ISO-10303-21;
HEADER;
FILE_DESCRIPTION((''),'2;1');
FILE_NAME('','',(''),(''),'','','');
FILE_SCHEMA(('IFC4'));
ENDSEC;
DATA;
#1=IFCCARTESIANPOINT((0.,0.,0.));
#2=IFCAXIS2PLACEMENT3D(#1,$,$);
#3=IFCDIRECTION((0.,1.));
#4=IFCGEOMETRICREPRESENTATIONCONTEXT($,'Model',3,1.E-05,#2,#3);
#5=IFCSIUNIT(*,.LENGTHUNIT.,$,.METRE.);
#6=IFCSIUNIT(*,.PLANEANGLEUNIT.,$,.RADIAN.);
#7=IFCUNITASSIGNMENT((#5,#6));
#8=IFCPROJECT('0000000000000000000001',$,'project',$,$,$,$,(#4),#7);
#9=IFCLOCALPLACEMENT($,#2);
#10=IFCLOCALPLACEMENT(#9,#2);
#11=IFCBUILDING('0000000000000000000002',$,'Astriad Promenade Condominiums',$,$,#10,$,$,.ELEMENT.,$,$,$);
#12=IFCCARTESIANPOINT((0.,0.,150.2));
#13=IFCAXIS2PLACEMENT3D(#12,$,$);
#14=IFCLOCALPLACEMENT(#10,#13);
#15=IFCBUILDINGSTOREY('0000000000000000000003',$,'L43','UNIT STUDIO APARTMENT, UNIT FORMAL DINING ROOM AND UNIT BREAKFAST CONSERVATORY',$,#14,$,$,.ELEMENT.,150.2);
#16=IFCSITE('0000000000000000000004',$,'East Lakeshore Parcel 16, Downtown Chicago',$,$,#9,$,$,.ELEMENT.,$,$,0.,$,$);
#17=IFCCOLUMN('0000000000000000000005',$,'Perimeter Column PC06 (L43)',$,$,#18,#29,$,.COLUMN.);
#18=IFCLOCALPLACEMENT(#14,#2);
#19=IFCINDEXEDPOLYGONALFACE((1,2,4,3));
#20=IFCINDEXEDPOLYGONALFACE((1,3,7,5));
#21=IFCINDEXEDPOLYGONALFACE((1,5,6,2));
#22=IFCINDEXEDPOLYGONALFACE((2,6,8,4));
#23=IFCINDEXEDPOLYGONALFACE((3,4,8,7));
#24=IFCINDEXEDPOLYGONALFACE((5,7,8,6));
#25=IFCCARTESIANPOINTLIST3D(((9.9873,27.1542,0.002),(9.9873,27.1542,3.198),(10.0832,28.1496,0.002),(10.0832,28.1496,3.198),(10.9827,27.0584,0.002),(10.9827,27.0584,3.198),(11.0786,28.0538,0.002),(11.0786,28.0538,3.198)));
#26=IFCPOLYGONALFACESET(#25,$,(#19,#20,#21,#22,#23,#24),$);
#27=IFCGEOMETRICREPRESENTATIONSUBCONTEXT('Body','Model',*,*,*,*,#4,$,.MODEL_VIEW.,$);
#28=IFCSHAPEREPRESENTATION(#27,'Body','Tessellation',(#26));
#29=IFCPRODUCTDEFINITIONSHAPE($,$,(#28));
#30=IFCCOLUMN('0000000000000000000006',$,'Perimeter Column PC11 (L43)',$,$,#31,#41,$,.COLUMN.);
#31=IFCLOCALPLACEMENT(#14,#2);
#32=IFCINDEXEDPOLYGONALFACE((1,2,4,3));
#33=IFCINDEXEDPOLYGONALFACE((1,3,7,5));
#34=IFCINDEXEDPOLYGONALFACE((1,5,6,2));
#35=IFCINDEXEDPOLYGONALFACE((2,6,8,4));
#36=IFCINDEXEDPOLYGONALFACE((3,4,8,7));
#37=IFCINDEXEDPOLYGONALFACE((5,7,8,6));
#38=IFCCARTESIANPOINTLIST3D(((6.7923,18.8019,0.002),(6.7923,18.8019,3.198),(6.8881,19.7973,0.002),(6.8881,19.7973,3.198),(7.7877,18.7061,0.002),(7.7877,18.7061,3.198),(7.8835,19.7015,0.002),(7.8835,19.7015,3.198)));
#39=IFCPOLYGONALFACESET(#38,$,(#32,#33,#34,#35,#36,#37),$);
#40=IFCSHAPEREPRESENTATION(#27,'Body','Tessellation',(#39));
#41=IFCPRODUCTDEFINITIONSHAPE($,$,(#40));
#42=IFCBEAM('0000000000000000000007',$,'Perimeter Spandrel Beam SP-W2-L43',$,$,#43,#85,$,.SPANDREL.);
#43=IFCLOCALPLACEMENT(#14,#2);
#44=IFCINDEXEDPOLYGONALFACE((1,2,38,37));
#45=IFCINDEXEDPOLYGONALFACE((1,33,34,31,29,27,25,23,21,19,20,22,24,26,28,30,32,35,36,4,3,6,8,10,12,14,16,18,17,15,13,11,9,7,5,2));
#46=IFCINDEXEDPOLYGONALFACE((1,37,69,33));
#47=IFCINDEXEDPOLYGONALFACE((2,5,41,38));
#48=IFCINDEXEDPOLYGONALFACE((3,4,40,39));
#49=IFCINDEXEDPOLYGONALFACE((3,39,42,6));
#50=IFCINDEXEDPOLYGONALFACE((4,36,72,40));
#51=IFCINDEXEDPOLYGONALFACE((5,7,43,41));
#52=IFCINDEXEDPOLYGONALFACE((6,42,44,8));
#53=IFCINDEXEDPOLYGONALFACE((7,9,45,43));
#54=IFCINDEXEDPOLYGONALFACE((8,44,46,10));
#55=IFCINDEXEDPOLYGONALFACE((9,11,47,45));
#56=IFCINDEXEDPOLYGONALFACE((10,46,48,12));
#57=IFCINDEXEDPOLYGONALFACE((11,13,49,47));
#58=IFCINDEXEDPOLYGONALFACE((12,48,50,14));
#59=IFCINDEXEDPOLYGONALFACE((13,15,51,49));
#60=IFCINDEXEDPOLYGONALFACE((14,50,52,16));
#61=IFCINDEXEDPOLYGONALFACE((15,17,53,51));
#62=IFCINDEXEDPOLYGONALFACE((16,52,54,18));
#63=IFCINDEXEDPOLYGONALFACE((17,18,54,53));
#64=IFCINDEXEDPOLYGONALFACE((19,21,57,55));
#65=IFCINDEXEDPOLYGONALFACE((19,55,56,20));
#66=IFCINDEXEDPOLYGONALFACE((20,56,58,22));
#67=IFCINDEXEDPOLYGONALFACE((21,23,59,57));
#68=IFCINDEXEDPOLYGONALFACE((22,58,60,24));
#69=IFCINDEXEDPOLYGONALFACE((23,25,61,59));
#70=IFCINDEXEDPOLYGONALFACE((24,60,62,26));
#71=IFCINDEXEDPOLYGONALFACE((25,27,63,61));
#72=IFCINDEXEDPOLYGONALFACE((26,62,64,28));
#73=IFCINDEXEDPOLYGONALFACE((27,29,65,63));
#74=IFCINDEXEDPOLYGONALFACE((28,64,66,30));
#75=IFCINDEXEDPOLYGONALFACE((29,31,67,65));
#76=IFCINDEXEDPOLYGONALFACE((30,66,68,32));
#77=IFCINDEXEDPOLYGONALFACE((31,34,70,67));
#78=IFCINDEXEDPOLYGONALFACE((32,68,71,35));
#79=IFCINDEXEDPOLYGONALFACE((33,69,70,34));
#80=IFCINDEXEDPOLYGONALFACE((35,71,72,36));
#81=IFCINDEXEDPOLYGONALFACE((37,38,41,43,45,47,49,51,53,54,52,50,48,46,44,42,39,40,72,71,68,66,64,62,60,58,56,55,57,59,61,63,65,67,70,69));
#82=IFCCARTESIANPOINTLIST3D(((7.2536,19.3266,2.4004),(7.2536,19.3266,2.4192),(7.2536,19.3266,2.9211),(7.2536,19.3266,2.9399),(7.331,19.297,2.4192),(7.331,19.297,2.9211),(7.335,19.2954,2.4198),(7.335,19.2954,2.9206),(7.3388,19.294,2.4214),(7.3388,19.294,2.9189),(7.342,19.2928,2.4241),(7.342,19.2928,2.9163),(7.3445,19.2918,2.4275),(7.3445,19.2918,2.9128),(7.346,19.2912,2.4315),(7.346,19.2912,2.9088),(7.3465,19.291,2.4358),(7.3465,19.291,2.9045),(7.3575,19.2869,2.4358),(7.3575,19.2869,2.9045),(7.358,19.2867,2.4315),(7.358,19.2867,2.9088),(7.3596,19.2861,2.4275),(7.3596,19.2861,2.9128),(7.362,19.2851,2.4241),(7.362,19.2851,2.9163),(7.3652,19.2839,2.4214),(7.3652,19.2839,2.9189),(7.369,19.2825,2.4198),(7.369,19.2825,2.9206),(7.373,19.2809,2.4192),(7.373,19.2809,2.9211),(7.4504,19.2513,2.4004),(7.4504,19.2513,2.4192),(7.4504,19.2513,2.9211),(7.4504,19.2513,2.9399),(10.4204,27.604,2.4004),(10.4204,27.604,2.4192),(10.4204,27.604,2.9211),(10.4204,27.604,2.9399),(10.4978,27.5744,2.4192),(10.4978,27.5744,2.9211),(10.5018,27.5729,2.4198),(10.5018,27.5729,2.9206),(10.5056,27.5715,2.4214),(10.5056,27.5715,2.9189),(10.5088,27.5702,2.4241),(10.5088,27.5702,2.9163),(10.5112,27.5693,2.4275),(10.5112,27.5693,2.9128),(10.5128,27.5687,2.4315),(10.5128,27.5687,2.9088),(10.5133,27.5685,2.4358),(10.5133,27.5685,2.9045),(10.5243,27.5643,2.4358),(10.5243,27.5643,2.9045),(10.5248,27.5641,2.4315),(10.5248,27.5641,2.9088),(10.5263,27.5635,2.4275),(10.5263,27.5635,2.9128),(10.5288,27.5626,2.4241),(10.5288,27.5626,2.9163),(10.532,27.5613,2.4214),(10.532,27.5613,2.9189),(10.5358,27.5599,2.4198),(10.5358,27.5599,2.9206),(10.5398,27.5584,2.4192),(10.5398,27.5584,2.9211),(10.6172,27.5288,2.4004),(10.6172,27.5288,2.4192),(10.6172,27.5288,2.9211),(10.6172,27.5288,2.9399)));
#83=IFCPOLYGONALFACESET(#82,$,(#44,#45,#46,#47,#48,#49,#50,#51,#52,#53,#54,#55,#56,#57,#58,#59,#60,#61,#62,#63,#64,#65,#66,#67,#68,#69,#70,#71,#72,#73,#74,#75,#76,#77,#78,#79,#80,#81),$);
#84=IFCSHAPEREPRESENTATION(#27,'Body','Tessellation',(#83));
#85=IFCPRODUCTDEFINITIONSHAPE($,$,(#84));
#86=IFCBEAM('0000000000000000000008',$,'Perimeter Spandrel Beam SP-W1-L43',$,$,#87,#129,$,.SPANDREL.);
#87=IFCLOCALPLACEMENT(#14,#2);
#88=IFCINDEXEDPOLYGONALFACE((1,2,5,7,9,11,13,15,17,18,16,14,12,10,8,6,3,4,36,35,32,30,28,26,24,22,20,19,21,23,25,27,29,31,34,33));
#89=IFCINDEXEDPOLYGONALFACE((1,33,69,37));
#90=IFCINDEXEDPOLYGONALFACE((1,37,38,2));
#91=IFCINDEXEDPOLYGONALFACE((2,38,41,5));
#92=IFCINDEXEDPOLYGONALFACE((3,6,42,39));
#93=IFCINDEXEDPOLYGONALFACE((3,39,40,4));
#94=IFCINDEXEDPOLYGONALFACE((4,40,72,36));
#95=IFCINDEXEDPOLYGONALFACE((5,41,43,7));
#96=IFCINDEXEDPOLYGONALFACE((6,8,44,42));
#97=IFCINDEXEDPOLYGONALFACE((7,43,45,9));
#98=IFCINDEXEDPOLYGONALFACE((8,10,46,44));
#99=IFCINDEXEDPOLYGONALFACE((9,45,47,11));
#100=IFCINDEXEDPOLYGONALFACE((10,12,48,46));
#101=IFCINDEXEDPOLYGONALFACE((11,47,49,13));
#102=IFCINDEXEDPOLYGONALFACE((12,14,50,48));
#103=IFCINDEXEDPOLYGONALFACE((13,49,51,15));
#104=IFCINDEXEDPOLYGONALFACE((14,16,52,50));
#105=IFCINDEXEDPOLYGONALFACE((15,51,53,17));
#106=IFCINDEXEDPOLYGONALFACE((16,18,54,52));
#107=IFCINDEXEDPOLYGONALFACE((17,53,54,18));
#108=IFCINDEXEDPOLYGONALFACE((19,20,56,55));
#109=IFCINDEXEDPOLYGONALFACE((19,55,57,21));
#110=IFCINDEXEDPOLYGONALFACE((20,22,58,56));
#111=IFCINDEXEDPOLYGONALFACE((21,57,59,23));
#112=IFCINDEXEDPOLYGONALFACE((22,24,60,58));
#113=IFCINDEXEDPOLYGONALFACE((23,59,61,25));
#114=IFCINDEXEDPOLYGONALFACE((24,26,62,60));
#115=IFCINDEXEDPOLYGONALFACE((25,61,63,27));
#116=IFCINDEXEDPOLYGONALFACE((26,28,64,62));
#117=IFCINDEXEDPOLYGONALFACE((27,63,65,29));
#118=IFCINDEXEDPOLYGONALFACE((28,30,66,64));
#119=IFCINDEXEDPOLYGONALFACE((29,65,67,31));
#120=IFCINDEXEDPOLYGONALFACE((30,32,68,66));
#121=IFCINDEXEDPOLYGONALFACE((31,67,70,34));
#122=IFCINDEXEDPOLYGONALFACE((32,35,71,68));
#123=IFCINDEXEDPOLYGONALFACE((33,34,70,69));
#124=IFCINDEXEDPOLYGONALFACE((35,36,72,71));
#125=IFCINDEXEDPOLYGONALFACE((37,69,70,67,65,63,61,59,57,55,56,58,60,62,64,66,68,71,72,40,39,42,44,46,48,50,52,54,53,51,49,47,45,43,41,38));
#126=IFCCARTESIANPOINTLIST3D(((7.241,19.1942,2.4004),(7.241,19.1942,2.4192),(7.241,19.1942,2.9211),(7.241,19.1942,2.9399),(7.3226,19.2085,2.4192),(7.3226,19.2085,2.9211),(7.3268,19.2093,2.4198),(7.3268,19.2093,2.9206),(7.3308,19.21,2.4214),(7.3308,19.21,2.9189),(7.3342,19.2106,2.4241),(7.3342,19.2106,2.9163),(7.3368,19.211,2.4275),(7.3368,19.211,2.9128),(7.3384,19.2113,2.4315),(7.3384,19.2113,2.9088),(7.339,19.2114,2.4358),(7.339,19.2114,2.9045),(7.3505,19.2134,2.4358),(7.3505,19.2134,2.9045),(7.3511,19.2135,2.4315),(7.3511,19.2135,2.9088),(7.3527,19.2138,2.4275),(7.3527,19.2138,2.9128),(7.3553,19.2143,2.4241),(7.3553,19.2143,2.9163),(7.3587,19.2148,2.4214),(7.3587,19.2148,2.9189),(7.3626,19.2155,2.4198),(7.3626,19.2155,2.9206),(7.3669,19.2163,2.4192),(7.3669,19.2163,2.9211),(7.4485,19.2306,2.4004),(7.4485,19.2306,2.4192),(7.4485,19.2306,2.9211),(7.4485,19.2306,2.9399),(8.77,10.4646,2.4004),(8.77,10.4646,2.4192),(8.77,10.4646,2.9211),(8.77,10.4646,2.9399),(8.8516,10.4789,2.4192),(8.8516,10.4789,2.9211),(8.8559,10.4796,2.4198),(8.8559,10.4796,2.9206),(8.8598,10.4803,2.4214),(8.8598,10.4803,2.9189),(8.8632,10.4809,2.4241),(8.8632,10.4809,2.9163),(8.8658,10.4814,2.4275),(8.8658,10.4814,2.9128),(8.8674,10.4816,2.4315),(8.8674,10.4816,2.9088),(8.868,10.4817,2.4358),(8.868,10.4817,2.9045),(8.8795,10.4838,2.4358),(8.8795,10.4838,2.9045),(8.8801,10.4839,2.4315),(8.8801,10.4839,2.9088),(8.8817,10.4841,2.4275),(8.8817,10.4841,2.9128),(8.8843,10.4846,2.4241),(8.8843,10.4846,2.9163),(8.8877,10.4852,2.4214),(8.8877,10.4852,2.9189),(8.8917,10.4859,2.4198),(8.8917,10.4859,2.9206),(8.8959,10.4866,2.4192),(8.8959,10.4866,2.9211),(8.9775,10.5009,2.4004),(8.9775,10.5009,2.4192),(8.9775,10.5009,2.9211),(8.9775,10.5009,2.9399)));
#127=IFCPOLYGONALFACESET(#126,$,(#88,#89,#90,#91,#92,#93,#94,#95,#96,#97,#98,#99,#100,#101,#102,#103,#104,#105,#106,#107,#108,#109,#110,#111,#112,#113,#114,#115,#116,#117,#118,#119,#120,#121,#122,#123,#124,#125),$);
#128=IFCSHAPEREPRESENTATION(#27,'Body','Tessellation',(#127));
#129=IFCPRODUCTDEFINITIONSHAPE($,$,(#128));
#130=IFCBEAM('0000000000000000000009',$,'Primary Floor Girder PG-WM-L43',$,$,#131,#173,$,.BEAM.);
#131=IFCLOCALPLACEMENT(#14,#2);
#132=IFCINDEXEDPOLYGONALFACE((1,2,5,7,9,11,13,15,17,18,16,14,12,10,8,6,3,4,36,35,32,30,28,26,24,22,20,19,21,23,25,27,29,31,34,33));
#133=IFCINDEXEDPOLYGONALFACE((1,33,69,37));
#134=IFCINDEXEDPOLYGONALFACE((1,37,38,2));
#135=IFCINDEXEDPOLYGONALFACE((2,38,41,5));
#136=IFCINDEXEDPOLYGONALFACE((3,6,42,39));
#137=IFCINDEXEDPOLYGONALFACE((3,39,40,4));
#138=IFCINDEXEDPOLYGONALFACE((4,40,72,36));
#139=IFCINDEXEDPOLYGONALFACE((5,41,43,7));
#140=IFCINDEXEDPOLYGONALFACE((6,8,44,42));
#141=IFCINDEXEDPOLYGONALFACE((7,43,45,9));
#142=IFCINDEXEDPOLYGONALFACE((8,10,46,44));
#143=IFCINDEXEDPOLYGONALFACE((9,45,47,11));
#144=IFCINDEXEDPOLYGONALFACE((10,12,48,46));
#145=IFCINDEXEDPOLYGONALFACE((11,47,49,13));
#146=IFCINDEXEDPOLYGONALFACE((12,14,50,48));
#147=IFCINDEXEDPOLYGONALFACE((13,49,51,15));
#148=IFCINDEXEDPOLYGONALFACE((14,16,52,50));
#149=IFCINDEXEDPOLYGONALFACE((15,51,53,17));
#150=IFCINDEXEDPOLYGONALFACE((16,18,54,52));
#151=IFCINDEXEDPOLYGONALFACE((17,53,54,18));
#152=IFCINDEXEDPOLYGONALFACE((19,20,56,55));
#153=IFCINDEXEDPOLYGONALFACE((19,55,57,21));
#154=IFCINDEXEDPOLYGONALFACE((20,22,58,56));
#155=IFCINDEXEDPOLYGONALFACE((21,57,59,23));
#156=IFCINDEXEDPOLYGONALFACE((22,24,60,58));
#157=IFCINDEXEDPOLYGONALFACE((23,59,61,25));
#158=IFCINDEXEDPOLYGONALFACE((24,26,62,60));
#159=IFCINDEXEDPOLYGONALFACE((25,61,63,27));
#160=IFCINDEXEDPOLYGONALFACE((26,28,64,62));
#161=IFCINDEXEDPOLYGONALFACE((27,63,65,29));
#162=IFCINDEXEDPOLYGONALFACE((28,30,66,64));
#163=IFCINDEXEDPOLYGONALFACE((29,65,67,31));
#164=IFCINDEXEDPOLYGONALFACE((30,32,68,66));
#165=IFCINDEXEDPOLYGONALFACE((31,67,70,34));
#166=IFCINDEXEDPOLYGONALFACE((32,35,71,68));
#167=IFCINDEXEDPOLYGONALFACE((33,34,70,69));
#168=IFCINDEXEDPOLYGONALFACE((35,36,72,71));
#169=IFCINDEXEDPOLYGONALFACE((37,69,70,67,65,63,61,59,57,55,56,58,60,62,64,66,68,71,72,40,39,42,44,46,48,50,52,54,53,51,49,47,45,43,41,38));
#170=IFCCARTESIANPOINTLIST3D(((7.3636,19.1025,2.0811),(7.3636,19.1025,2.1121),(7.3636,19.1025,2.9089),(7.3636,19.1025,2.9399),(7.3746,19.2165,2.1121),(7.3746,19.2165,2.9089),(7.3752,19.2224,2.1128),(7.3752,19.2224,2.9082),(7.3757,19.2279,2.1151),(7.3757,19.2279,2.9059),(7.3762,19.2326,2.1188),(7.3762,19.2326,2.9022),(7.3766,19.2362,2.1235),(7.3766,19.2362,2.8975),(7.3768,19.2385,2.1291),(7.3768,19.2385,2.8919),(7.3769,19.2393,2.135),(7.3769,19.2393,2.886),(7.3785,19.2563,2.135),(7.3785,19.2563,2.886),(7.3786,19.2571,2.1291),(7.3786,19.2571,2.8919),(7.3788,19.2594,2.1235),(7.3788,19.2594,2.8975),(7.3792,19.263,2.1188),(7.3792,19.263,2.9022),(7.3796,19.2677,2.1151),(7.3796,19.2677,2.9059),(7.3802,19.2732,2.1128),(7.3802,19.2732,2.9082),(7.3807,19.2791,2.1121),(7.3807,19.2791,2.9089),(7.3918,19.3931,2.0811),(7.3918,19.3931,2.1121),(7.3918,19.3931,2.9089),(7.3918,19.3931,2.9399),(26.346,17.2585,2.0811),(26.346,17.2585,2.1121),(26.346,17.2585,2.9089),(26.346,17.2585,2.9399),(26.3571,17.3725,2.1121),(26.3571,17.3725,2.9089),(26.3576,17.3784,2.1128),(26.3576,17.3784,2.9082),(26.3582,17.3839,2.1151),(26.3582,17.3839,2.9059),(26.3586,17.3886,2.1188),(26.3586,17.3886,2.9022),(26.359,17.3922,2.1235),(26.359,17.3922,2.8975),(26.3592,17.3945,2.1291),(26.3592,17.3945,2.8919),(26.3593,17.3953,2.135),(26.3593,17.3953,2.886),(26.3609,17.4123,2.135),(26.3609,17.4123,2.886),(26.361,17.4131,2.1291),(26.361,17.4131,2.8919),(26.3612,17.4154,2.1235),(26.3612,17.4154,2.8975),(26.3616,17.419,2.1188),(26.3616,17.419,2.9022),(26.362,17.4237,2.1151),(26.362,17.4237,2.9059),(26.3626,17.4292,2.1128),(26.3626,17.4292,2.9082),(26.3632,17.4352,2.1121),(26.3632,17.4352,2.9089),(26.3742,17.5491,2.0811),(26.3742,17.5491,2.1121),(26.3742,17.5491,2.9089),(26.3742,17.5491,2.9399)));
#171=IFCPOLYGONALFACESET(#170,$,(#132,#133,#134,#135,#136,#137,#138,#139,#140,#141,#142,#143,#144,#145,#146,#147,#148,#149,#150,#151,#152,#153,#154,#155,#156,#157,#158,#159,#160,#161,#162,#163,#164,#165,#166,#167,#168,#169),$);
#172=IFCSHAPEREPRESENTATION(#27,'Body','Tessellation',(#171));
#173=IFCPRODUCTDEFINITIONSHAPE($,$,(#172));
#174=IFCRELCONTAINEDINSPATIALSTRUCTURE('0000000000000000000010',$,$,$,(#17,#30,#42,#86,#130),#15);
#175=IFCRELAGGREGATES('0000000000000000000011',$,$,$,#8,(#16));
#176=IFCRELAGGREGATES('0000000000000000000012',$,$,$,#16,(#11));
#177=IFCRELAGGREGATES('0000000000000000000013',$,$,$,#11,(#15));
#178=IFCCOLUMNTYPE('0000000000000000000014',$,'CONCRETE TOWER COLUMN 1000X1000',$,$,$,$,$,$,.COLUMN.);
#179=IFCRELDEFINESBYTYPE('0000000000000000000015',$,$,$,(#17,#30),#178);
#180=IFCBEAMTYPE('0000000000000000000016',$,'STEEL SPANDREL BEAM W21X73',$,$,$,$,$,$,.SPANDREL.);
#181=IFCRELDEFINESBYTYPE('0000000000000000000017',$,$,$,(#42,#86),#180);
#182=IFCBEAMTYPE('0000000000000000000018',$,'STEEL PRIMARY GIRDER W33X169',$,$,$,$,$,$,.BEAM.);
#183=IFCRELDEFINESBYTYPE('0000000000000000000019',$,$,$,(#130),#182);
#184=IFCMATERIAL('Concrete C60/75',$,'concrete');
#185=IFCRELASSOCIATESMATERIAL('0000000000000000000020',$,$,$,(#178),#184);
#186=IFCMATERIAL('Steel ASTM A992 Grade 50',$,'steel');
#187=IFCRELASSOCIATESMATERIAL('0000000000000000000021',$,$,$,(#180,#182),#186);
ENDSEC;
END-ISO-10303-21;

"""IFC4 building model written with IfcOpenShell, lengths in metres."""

from ifc_helpers import new_model, si_unit, direction, frame, origin, origin_2d, place, context, subcontext, project, spatial, rectangle, i_section, extrude, source, transform, mapped, material, material_profile, profile_set, type_object, type_shapes, element, save


model = new_model("IFC4")

# Units and contexts
model_context = context("Model", 3, precision=1e-05, world=origin(), true_north=direction((0.0, 1.0)))
body_context = subcontext(model_context, "Body", "Model", "MODEL_VIEW")
ifc_project = project(units=[si_unit("LENGTHUNIT", "METRE"), si_unit("PLANEANGLEUNIT", "RADIAN")], contexts=[model_context])

# Site, building, storey
site_placement = place(None, origin())
site = spatial("IfcSite", under=ifc_project, at=site_placement, Name="East Lakeshore Parcel 16, Downtown Chicago", CompositionType="ELEMENT", RefElevation=0.0)
building_placement = place(site_placement, origin())
building = spatial("IfcBuilding", under=site, at=building_placement, Name="Astriad Promenade Condominiums", CompositionType="ELEMENT")
storey_placement = place(building_placement, frame((0.0, 0.0, 150.2)))
storey = spatial("IfcBuildingStorey", under=building, at=storey_placement, Name="L43", Description="UNIT STUDIO APARTMENT, UNIT FORMAL DINING ROOM AND UNIT BREAKFAST CONSERVATORY", CompositionType="ELEMENT", Elevation=150.2)

# Columns
ifc_material_1 = material(Name="Concrete C60/75", Category="concrete")
ifc_material_profile_1 = material_profile(ifc_material_1, rectangle(XDim=1.0, YDim=1.0, at=origin_2d()), Name="RC-COL-1000X1000")
ifc_profile_set_1 = profile_set([ifc_material_profile_1], Name="Concrete C60/75")
column_type = type_object("IfcColumnType", Name="CONCRETE TOWER COLUMN 1000X1000", PredefinedType="COLUMN", material=ifc_profile_set_1)
shared_shape_1 = source(origin(), body_context, "Body", "SweptSolid", [
    extrude(rectangle(XDim=1.0, YDim=1.0, at=origin_2d()), origin(), (0.0, 0.0, 1.0), 3.196),
])
type_shapes(column_type, [shared_shape_1])
for number, where, z_axis, x_axis, name in (
    (1, (10.533, 27.604, 0.002), (0.0, 0.0, 1.0), (0.995396, -0.095846, 0.0), "Perimeter Column PC06 (L43)"),
    (2, (7.3379, 19.2517, 0.002), (0.0, 0.0, 1.0), (0.995396, -0.095846, 0.0), "Perimeter Column PC11 (L43)"),
):
    element("IfcColumn", number, at=place(storey_placement, frame(where, z_axis=z_axis, x_axis=x_axis)), inside=storey, type_object=column_type, Name=name, PredefinedType="COLUMN", context=body_context, shape_type="MappedRepresentation", body=[
        mapped(shared_shape_1, transform((0.0, 0.0, 0.0), scale=1.0)),
    ])

# Beams
ifc_material_2 = material(Name="Steel ASTM A992 Grade 50", Category="steel")
ifc_material_profile_2 = material_profile(ifc_material_2, i_section(OverallWidth=0.2107, OverallDepth=0.5396, WebThickness=0.0117, FlangeThickness=0.0188, FilletRadius=0.0166, at=origin_2d()), Name="W21X73")
ifc_profile_set_2 = profile_set([ifc_material_profile_2], Name="Steel ASTM A992 Grade 50")
beam_type_1 = type_object("IfcBeamType", Name="STEEL SPANDREL BEAM W21X73", PredefinedType="SPANDREL", material=ifc_profile_set_2)
shared_shape_2 = source(origin(), body_context, "Body", "SweptSolid", [
    extrude(i_section(OverallWidth=0.2107, OverallDepth=0.5396, WebThickness=0.0117, FlangeThickness=0.0188, FilletRadius=0.0166, at=origin_2d()), origin(), (0.0, 0.0, 1.0), 8.8625),
])
type_shapes(beam_type_1, [shared_shape_2])
for number, where, z_axis, x_axis, name in (
    (3, (10.5188, 27.5664, 2.6702), (-0.357323, -0.933981, 0.0), (0.933981, -0.357323, 0.0), "Perimeter Spandrel Beam SP-W2-L43"),
    (4, (7.3447, 19.2124, 2.6702), (0.172528, -0.985005, 0.0), (0.985005, 0.172528, 0.0), "Perimeter Spandrel Beam SP-W1-L43"),
):
    element("IfcBeam", number, at=place(storey_placement, frame(where, z_axis=z_axis, x_axis=x_axis)), inside=storey, type_object=beam_type_1, Name=name, PredefinedType="SPANDREL", context=body_context, shape_type="MappedRepresentation", body=[
        mapped(shared_shape_2, transform((0.0, 0.0, 0.0), scale=1.0)),
    ])
ifc_material_profile_3 = material_profile(ifc_material_2, i_section(OverallWidth=0.292, OverallDepth=0.8589, WebThickness=0.0171, FlangeThickness=0.031, FilletRadius=0.0229, at=origin_2d()), Name="W33X169")
ifc_profile_set_3 = profile_set([ifc_material_profile_3], Name="Steel ASTM A992 Grade 50")
beam_type_2 = type_object("IfcBeamType", Name="STEEL PRIMARY GIRDER W33X169", PredefinedType="BEAM", material=ifc_profile_set_3)
shared_shape_3 = source(origin(), body_context, "Body", "SweptSolid", [
    extrude(i_section(OverallWidth=0.292, OverallDepth=0.8589, WebThickness=0.0171, FlangeThickness=0.031, FilletRadius=0.0229, at=origin_2d()), origin(), (0.0, 0.0, 1.0), 19.0718),
])
type_shapes(beam_type_2, [shared_shape_3])
beam_1_placement = place(storey_placement, frame((7.3777, 19.2478, 2.5105), z_axis=(0.995315, -0.096687, 0.0), x_axis=(0.096687, 0.995315, 0.0)))
element("IfcBeam", 5, at=beam_1_placement, inside=storey, type_object=beam_type_2, Name="Primary Floor Girder PG-WM-L43", PredefinedType="BEAM", context=body_context, shape_type="MappedRepresentation", body=[
    mapped(shared_shape_3, transform((0.0, 0.0, 0.0), scale=1.0)),
])

save(model, "model.ifc")
